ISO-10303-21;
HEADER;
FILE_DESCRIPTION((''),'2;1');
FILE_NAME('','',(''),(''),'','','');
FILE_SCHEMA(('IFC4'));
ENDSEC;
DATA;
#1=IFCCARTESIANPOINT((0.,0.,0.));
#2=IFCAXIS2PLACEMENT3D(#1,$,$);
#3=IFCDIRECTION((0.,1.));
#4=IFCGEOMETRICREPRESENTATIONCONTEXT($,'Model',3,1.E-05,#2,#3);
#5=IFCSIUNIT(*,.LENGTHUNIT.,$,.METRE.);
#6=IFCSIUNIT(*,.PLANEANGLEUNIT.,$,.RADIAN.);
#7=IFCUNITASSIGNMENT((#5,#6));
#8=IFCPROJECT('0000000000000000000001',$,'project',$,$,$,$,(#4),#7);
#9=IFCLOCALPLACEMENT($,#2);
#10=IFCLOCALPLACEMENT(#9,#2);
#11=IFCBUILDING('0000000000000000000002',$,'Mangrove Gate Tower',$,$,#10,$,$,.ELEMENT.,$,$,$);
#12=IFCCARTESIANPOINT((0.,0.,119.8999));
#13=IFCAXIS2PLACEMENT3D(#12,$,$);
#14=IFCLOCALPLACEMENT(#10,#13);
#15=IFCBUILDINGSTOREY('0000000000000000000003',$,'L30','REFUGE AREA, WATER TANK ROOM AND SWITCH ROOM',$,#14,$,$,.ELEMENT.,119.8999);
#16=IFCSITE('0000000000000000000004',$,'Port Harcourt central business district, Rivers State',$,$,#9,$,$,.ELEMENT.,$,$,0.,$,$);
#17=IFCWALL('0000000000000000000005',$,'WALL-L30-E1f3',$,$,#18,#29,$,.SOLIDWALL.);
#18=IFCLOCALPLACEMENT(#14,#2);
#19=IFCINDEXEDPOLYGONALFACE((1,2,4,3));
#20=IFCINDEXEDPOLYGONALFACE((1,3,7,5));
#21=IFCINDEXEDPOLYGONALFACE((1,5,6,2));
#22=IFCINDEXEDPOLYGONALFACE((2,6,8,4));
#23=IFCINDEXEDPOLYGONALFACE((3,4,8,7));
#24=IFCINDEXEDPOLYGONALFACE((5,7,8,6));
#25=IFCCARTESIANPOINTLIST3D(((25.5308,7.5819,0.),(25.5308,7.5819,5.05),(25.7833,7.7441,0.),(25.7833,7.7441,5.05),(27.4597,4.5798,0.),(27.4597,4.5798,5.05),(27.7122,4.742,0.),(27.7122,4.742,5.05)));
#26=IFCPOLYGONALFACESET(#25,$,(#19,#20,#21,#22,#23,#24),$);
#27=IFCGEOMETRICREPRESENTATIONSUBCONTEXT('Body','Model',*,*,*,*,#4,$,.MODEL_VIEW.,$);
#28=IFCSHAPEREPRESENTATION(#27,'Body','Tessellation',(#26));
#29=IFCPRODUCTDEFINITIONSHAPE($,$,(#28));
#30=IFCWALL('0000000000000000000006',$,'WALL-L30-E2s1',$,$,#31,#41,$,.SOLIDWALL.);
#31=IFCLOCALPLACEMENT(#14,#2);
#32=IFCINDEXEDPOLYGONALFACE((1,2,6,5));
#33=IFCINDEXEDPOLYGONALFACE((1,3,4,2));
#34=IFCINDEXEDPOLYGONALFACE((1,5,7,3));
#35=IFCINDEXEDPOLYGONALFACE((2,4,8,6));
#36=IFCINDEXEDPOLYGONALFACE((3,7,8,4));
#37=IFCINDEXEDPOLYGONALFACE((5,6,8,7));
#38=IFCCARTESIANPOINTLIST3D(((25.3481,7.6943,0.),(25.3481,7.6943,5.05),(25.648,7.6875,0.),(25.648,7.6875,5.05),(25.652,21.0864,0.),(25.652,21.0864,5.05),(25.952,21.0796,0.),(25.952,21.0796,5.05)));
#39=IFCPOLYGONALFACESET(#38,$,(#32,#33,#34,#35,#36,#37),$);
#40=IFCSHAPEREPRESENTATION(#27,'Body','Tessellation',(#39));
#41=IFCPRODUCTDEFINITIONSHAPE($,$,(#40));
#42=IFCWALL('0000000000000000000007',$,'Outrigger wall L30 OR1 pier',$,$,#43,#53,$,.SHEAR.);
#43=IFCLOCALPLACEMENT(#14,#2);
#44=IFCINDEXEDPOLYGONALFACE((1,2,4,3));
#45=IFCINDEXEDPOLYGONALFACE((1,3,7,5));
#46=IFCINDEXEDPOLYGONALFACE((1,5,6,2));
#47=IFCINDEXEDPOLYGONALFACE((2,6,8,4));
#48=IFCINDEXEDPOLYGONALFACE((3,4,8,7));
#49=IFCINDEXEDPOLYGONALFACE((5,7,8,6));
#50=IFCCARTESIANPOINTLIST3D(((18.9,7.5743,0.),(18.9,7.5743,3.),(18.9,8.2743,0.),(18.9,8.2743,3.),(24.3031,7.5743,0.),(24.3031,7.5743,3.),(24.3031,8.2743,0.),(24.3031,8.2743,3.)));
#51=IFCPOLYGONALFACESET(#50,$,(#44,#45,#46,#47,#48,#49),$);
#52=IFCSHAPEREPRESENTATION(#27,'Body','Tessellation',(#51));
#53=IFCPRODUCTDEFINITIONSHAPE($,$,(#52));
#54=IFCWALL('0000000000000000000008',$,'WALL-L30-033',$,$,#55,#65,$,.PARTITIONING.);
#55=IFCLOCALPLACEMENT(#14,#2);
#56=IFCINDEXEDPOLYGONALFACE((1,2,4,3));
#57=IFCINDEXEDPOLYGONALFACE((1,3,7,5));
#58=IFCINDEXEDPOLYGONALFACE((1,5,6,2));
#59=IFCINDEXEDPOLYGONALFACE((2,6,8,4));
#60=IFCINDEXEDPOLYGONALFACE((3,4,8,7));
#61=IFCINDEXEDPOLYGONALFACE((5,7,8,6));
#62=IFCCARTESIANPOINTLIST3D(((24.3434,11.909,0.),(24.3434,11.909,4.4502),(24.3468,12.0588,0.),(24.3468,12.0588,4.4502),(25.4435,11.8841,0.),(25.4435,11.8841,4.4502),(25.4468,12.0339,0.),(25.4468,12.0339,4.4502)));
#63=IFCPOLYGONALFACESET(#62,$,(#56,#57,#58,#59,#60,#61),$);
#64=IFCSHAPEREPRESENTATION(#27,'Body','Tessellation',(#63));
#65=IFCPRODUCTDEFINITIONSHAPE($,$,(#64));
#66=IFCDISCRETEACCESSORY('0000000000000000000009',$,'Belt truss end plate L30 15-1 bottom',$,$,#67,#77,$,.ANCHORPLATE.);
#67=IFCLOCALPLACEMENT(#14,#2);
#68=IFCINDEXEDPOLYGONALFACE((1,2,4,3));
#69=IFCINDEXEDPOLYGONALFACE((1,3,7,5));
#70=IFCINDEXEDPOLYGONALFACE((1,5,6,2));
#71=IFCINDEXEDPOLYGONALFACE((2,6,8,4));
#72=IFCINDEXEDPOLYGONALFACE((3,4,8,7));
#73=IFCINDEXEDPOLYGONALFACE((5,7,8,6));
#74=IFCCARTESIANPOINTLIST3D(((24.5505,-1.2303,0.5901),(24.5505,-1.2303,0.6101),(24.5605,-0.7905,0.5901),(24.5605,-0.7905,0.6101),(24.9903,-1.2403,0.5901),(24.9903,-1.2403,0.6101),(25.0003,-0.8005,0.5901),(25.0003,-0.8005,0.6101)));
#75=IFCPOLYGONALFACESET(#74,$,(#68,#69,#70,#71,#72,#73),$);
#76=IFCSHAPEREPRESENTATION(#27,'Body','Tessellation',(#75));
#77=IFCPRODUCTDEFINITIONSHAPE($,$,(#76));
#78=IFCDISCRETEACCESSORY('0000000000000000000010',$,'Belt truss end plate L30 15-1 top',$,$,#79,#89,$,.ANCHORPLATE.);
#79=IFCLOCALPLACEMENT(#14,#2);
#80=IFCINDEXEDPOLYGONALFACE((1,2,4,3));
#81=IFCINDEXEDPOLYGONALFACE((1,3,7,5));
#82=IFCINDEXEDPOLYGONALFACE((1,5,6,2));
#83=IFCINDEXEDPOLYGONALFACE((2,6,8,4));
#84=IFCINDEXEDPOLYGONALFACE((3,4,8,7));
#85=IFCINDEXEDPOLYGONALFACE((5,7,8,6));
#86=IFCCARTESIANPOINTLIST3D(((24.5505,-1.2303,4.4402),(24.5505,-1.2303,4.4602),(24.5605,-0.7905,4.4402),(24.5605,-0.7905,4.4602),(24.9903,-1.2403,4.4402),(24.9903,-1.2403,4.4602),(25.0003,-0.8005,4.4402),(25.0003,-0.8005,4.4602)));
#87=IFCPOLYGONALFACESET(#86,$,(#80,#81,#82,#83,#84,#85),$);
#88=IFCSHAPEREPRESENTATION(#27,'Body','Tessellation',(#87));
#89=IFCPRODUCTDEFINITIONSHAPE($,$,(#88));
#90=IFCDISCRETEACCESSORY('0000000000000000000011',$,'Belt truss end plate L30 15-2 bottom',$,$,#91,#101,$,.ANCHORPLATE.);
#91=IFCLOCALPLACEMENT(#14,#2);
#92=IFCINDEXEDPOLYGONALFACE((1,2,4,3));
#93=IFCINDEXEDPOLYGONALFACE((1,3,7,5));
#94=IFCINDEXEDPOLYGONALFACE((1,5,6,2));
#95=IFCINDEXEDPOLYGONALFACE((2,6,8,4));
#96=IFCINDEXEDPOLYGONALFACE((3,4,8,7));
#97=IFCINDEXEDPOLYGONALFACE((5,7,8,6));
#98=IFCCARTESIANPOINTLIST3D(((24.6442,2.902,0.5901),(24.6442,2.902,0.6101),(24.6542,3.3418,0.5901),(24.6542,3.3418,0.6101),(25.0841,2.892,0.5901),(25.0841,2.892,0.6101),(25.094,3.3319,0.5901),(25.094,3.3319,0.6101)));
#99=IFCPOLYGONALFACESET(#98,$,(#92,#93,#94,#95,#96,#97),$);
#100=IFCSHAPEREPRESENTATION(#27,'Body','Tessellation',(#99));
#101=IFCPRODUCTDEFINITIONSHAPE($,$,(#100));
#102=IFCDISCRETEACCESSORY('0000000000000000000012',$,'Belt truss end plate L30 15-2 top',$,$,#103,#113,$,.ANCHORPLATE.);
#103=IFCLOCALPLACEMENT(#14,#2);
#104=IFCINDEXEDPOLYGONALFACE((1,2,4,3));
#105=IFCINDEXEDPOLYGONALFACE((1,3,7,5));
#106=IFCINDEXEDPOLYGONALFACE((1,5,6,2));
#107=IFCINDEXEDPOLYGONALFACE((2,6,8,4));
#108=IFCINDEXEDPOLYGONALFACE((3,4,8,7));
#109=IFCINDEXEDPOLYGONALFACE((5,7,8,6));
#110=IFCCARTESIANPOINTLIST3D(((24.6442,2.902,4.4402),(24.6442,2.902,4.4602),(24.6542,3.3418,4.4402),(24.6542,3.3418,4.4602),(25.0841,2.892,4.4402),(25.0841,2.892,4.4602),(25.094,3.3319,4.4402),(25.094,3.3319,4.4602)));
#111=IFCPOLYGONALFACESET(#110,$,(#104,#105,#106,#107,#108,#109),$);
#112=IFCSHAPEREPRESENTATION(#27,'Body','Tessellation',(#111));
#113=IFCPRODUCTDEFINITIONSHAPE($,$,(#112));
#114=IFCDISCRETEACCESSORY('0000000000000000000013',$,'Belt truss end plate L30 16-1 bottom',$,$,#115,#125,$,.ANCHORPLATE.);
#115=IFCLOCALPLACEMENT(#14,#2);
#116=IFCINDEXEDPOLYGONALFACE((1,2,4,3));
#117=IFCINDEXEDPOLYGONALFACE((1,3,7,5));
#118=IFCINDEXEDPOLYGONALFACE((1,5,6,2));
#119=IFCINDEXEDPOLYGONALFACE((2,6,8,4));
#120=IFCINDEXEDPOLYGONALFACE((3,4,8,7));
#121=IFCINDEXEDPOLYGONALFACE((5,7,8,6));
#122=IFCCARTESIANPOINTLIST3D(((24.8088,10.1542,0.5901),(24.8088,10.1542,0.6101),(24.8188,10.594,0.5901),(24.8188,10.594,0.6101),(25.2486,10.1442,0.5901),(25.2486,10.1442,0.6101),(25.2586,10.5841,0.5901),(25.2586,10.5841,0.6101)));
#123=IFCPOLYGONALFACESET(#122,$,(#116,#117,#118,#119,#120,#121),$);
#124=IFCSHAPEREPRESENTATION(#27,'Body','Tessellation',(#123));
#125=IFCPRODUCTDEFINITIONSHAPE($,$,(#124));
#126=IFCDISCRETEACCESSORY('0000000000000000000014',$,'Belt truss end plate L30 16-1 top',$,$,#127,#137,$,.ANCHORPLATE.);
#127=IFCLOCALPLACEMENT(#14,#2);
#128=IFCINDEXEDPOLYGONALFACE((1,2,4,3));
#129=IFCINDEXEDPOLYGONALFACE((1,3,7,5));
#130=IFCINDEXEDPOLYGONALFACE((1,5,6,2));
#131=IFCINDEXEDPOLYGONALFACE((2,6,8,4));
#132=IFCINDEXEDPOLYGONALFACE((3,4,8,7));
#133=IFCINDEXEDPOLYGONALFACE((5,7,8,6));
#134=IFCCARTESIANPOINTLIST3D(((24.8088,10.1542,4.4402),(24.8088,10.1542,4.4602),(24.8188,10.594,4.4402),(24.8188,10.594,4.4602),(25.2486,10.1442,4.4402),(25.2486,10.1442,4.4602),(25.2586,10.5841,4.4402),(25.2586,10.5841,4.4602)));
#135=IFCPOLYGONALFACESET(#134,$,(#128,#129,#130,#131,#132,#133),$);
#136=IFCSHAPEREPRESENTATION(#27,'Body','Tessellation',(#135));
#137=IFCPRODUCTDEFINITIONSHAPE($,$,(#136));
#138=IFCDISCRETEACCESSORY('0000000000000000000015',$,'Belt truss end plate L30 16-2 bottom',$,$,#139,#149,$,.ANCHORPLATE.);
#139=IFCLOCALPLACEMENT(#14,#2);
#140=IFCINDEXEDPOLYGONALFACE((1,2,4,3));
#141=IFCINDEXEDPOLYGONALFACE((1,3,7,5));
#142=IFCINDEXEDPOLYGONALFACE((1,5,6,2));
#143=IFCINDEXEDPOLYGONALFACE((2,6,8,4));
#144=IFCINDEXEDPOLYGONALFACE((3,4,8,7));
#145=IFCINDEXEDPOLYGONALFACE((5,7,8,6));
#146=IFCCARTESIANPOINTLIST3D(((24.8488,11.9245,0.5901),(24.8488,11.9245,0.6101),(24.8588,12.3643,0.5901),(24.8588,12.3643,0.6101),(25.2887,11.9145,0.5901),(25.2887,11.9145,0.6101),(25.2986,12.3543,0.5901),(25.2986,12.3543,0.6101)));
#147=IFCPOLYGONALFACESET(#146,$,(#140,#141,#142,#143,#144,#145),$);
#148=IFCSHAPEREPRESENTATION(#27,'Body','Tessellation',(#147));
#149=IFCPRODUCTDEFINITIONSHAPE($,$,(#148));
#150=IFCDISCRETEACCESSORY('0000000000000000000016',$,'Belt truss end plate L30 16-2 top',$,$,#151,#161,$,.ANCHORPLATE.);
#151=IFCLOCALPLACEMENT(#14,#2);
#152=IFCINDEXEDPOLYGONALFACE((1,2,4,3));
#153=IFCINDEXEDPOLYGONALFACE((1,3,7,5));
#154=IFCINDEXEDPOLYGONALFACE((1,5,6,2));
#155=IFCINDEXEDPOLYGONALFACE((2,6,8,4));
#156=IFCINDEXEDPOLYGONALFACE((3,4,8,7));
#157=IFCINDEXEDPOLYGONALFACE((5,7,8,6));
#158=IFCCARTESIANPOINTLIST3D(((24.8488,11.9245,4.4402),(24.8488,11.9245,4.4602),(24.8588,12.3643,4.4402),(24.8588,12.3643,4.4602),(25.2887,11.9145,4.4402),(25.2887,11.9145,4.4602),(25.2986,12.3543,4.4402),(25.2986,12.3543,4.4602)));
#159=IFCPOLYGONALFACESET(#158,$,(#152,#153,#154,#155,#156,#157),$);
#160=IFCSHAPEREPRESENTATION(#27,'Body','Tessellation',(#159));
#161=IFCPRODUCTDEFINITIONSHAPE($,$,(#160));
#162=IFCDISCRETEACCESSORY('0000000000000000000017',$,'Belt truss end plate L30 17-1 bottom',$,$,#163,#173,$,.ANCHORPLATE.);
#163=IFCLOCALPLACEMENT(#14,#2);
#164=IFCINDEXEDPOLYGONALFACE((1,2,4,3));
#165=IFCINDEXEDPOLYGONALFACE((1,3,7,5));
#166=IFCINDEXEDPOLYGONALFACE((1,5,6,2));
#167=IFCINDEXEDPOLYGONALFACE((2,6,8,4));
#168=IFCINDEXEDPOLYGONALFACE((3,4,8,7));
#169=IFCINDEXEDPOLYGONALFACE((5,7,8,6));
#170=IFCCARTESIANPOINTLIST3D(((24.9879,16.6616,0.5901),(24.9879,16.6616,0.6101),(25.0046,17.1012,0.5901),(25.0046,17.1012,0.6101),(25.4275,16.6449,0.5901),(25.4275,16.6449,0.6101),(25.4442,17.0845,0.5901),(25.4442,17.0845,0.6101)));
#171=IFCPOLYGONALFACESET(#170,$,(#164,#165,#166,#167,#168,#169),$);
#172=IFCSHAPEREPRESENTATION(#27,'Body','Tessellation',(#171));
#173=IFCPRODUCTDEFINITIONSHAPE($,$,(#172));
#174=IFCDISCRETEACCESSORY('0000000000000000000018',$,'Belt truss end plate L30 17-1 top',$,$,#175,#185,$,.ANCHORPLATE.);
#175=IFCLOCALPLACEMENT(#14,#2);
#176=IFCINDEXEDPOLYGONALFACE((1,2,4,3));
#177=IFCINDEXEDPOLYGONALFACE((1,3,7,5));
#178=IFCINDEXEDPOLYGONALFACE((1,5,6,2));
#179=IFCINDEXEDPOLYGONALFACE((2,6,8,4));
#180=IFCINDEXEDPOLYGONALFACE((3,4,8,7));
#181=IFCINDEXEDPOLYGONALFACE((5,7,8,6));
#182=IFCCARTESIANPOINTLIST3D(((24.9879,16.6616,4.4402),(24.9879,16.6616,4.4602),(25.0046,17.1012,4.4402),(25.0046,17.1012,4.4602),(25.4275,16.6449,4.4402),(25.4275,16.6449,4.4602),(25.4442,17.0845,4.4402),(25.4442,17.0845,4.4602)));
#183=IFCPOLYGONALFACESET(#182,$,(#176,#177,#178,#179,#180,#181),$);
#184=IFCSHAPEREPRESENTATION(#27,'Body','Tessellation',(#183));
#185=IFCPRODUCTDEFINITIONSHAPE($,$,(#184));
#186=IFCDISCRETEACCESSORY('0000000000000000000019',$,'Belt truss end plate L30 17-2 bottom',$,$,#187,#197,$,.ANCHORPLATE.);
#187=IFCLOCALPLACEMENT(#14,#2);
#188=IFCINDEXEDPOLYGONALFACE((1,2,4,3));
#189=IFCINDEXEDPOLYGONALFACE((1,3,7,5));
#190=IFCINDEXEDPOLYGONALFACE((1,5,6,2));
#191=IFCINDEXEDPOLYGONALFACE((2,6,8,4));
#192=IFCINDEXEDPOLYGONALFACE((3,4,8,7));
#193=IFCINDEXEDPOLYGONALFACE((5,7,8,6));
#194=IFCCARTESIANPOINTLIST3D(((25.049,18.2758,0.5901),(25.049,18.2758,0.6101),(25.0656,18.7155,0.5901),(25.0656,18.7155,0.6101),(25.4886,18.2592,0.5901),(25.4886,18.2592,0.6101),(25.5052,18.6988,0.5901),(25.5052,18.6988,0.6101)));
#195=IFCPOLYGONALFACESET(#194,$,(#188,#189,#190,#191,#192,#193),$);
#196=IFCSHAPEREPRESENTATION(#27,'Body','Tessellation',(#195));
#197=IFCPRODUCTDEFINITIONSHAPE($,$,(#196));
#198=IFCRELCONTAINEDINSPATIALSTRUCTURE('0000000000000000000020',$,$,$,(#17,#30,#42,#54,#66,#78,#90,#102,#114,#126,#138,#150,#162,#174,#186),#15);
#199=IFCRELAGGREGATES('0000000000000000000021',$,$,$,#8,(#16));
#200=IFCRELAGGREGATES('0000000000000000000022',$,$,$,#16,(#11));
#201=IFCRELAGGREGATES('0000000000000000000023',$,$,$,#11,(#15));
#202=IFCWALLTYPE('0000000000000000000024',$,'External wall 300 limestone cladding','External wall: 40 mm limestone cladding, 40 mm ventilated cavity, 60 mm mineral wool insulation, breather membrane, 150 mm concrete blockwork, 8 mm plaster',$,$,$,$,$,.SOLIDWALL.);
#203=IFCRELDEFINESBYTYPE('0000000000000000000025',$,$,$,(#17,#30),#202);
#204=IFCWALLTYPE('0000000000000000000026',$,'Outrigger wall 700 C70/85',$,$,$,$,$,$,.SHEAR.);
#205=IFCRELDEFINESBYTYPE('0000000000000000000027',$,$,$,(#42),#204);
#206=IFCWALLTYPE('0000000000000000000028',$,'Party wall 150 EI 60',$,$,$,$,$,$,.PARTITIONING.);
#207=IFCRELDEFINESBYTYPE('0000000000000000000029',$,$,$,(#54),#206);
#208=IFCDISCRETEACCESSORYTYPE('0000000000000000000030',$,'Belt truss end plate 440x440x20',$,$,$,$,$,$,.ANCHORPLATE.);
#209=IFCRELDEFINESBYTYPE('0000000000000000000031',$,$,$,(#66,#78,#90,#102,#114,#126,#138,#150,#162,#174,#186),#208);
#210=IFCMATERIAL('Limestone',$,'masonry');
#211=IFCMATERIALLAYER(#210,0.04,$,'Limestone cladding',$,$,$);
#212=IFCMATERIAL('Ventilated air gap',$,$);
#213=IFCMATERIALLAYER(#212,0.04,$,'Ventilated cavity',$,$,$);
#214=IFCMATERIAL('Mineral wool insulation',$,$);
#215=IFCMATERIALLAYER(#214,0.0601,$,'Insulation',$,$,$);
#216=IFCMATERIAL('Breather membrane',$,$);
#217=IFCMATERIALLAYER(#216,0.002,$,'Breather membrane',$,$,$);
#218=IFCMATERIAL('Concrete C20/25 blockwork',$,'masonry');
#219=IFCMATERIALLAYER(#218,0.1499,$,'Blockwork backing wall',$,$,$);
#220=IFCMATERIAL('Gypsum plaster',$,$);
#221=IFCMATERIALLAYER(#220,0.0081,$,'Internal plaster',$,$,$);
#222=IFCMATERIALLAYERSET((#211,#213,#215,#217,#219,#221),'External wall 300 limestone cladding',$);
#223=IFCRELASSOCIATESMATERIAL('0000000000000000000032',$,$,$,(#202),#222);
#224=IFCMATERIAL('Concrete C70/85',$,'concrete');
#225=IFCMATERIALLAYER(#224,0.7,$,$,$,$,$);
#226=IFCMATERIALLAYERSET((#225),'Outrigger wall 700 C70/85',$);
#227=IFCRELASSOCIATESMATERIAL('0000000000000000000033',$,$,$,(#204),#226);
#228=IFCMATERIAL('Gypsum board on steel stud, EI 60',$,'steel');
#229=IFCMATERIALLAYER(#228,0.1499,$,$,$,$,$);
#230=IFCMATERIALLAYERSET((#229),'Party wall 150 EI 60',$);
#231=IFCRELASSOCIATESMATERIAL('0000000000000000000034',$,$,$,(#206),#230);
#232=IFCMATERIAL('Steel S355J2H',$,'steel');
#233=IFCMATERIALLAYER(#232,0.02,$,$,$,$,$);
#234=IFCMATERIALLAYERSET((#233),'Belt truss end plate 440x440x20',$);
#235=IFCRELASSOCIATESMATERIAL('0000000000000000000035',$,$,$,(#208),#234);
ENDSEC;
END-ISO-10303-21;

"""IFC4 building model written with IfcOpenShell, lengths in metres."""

from ifc_helpers import new_model, si_unit, direction, frame, frame_2d, origin, origin_2d, place, context, subcontext, project, spatial, rectangle, extrude, material, layer, layer_set, type_object, element, save


model = new_model("IFC4")

# Units and contexts
model_context = context("Model", 3, precision=1e-05, world=origin(), true_north=direction((0.0, 1.0)))
body_context = subcontext(model_context, "Body", "Model", "MODEL_VIEW")
ifc_project = project(units=[si_unit("LENGTHUNIT", "METRE"), si_unit("PLANEANGLEUNIT", "RADIAN")], contexts=[model_context])

# Site, building, storey
site_placement = place(None, origin())
site = spatial("IfcSite", under=ifc_project, at=site_placement, Name="Port Harcourt central business district, Rivers State", CompositionType="ELEMENT", RefElevation=0.0)
building_placement = place(site_placement, origin())
building = spatial("IfcBuilding", under=site, at=building_placement, Name="Mangrove Gate Tower", CompositionType="ELEMENT")
storey_placement = place(building_placement, frame((0.0, 0.0, 119.8999)))
storey = spatial("IfcBuildingStorey", under=building, at=storey_placement, Name="L30", Description="REFUGE AREA, WATER TANK ROOM AND SWITCH ROOM", CompositionType="ELEMENT", Elevation=119.8999)

# Shared definitions
ifc_material_1 = material(Name="Limestone", Category="masonry")
ifc_layer_1 = layer(ifc_material_1, 0.04, Name="Limestone cladding")
ifc_material_2 = material(Name="Ventilated air gap")
ifc_layer_2 = layer(ifc_material_2, 0.04, Name="Ventilated cavity")
ifc_material_3 = material(Name="Mineral wool insulation")
ifc_layer_3 = layer(ifc_material_3, 0.0601, Name="Insulation")
ifc_material_4 = material(Name="Breather membrane")
ifc_layer_4 = layer(ifc_material_4, 0.002, Name="Breather membrane")
ifc_material_5 = material(Name="Concrete C20/25 blockwork", Category="masonry")
ifc_layer_5 = layer(ifc_material_5, 0.1499, Name="Blockwork backing wall")
ifc_material_6 = material(Name="Gypsum plaster")
ifc_layer_6 = layer(ifc_material_6, 0.0081, Name="Internal plaster")
ifc_layer_set_1 = layer_set([ifc_layer_1, ifc_layer_2, ifc_layer_3, ifc_layer_4, ifc_layer_5, ifc_layer_6], Name="External wall 300 limestone cladding")
wall_type_1 = type_object("IfcWallType", Name="External wall 300 limestone cladding", Description="External wall: 40 mm limestone cladding, 40 mm ventilated cavity, 60 mm mineral wool insulation, breather membrane, 150 mm concrete blockwork, 8 mm plaster", PredefinedType="SOLIDWALL", material=ifc_layer_set_1)

# Walls
wall_1_placement = place(storey_placement, frame((27.5859, 4.6609, 0.0), z_axis=(0.0, 0.0, 1.0), x_axis=(-0.540554, 0.84131, 0.0)))
element("IfcWall", 1, at=wall_1_placement, inside=storey, type_object=wall_type_1, Name="WALL-L30-E1f3", PredefinedType="SOLIDWALL", context=body_context, shape_type="SweptSolid", body=[
    extrude(rectangle(XDim=3.5684, YDim=0.3, at=frame_2d((1.7842, 0.0))), origin(), (0.0, 0.0, 1.0), 5.05),
])
wall_2_placement = place(storey_placement, frame((25.498, 7.6909, 0.0), z_axis=(0.0, 0.0, 1.0), x_axis=(0.022691, 0.999743, 0.0)))
element("IfcWall", 2, at=wall_2_placement, inside=storey, type_object=wall_type_1, Name="WALL-L30-E2s1", PredefinedType="SOLIDWALL", context=body_context, shape_type="SweptSolid", body=[
    extrude(rectangle(XDim=13.3955, YDim=0.3, at=frame_2d((6.6978, 0.0))), origin(), (0.0, 0.0, 1.0), 5.05),
])
ifc_material_7 = material(Name="Concrete C70/85", Category="concrete")
ifc_layer_7 = layer(ifc_material_7, 0.7)
ifc_layer_set_2 = layer_set([ifc_layer_7], Name="Outrigger wall 700 C70/85")
wall_type_2 = type_object("IfcWallType", Name="Outrigger wall 700 C70/85", PredefinedType="SHEAR", material=ifc_layer_set_2)
wall_3_placement = place(storey_placement, frame((18.8999, 7.9243, 0.0), z_axis=(0.0, 0.0, 1.0), x_axis=(1.0, 0.0, 0.0)))
element("IfcWall", 3, at=wall_3_placement, inside=storey, type_object=wall_type_2, Name="Outrigger wall L30 OR1 pier", PredefinedType="SHEAR", context=body_context, shape_type="SweptSolid", body=[
    extrude(rectangle(XDim=5.4031, YDim=0.7, at=frame_2d((2.7017, 0.0))), origin(), (0.0, 0.0, 1.0), 3.0),
])
ifc_material_8 = material(Name="Gypsum board on steel stud, EI 60", Category="steel")
ifc_layer_8 = layer(ifc_material_8, 0.1499)
ifc_layer_set_3 = layer_set([ifc_layer_8], Name="Party wall 150 EI 60")
wall_type_3 = type_object("IfcWallType", Name="Party wall 150 EI 60", PredefinedType="PARTITIONING", material=ifc_layer_set_3)
wall_4_placement = place(storey_placement, frame((24.345, 11.9839, 0.0), z_axis=(0.0, 0.0, 1.0), x_axis=(0.999744, -0.022631, 0.0)))
element("IfcWall", 4, at=wall_4_placement, inside=storey, type_object=wall_type_3, Name="WALL-L30-033", PredefinedType="PARTITIONING", context=body_context, shape_type="SweptSolid", body=[
    extrude(rectangle(XDim=1.1003, YDim=0.1499, at=frame_2d((0.5503, 0.0))), origin(), (0.0, 0.0, 1.0), 4.4502),
])

# Discrete accessories
ifc_material_9 = material(Name="Steel S355J2H", Category="steel")
ifc_layer_9 = layer(ifc_material_9, 0.02)
ifc_layer_set_4 = layer_set([ifc_layer_9], Name="Belt truss end plate 440x440x20")
discrete_accessory_type = type_object("IfcDiscreteAccessoryType", Name="Belt truss end plate 440x440x20", PredefinedType="ANCHORPLATE", material=ifc_layer_set_4)
for number, where, z_axis, x_axis, name in (
    (5, (24.7754, -1.0154, 0.5901), (0.0, 0.0, 1.0), (0.02269, 0.999743, 0.0), "Belt truss end plate L30 15-1 bottom"),
    (6, (24.7754, -1.0154, 4.4402), (0.0, 0.0, 1.0), (0.02269, 0.999743, 0.0), "Belt truss end plate L30 15-1 top"),
    (7, (24.8691, 3.1169, 0.5901), (0.0, 0.0, 1.0), (0.02269, 0.999743, 0.0), "Belt truss end plate L30 15-2 bottom"),
    (8, (24.8691, 3.1169, 4.4402), (0.0, 0.0, 1.0), (0.02269, 0.999743, 0.0), "Belt truss end plate L30 15-2 top"),
    (9, (25.0337, 10.3691, 0.5901), (0.0, 0.0, 1.0), (0.022667, 0.999743, 0.0), "Belt truss end plate L30 16-1 bottom"),
    (10, (25.0337, 10.3691, 4.4402), (0.0, 0.0, 1.0), (0.022667, 0.999743, 0.0), "Belt truss end plate L30 16-1 top"),
    (11, (25.0737, 12.1394, 0.5901), (0.0, 0.0, 1.0), (0.022667, 0.999743, 0.0), "Belt truss end plate L30 16-2 bottom"),
    (12, (25.0737, 12.1394, 4.4402), (0.0, 0.0, 1.0), (0.022667, 0.999743, 0.0), "Belt truss end plate L30 16-2 top"),
    (13, (25.2161, 16.873, 0.5901), (0.0, 0.0, 1.0), (0.0379, 0.999282, 0.0), "Belt truss end plate L30 17-1 bottom"),
    (14, (25.2161, 16.873, 4.4402), (0.0, 0.0, 1.0), (0.0379, 0.999282, 0.0), "Belt truss end plate L30 17-1 top"),
    (15, (25.2771, 18.4873, 0.5901), (0.0, 0.0, 1.0), (0.0379, 0.999282, 0.0), "Belt truss end plate L30 17-2 bottom"),
):
    element("IfcDiscreteAccessory", number, at=place(storey_placement, frame(where, z_axis=z_axis, x_axis=x_axis)), inside=storey, type_object=discrete_accessory_type, Name=name, PredefinedType="ANCHORPLATE", context=body_context, shape_type="SweptSolid", body=[
        extrude(rectangle(XDim=0.4399, YDim=0.4399, at=origin_2d()), origin(), (0.0, 0.0, 1.0), 0.02),
    ])

save(model, "model.ifc")
